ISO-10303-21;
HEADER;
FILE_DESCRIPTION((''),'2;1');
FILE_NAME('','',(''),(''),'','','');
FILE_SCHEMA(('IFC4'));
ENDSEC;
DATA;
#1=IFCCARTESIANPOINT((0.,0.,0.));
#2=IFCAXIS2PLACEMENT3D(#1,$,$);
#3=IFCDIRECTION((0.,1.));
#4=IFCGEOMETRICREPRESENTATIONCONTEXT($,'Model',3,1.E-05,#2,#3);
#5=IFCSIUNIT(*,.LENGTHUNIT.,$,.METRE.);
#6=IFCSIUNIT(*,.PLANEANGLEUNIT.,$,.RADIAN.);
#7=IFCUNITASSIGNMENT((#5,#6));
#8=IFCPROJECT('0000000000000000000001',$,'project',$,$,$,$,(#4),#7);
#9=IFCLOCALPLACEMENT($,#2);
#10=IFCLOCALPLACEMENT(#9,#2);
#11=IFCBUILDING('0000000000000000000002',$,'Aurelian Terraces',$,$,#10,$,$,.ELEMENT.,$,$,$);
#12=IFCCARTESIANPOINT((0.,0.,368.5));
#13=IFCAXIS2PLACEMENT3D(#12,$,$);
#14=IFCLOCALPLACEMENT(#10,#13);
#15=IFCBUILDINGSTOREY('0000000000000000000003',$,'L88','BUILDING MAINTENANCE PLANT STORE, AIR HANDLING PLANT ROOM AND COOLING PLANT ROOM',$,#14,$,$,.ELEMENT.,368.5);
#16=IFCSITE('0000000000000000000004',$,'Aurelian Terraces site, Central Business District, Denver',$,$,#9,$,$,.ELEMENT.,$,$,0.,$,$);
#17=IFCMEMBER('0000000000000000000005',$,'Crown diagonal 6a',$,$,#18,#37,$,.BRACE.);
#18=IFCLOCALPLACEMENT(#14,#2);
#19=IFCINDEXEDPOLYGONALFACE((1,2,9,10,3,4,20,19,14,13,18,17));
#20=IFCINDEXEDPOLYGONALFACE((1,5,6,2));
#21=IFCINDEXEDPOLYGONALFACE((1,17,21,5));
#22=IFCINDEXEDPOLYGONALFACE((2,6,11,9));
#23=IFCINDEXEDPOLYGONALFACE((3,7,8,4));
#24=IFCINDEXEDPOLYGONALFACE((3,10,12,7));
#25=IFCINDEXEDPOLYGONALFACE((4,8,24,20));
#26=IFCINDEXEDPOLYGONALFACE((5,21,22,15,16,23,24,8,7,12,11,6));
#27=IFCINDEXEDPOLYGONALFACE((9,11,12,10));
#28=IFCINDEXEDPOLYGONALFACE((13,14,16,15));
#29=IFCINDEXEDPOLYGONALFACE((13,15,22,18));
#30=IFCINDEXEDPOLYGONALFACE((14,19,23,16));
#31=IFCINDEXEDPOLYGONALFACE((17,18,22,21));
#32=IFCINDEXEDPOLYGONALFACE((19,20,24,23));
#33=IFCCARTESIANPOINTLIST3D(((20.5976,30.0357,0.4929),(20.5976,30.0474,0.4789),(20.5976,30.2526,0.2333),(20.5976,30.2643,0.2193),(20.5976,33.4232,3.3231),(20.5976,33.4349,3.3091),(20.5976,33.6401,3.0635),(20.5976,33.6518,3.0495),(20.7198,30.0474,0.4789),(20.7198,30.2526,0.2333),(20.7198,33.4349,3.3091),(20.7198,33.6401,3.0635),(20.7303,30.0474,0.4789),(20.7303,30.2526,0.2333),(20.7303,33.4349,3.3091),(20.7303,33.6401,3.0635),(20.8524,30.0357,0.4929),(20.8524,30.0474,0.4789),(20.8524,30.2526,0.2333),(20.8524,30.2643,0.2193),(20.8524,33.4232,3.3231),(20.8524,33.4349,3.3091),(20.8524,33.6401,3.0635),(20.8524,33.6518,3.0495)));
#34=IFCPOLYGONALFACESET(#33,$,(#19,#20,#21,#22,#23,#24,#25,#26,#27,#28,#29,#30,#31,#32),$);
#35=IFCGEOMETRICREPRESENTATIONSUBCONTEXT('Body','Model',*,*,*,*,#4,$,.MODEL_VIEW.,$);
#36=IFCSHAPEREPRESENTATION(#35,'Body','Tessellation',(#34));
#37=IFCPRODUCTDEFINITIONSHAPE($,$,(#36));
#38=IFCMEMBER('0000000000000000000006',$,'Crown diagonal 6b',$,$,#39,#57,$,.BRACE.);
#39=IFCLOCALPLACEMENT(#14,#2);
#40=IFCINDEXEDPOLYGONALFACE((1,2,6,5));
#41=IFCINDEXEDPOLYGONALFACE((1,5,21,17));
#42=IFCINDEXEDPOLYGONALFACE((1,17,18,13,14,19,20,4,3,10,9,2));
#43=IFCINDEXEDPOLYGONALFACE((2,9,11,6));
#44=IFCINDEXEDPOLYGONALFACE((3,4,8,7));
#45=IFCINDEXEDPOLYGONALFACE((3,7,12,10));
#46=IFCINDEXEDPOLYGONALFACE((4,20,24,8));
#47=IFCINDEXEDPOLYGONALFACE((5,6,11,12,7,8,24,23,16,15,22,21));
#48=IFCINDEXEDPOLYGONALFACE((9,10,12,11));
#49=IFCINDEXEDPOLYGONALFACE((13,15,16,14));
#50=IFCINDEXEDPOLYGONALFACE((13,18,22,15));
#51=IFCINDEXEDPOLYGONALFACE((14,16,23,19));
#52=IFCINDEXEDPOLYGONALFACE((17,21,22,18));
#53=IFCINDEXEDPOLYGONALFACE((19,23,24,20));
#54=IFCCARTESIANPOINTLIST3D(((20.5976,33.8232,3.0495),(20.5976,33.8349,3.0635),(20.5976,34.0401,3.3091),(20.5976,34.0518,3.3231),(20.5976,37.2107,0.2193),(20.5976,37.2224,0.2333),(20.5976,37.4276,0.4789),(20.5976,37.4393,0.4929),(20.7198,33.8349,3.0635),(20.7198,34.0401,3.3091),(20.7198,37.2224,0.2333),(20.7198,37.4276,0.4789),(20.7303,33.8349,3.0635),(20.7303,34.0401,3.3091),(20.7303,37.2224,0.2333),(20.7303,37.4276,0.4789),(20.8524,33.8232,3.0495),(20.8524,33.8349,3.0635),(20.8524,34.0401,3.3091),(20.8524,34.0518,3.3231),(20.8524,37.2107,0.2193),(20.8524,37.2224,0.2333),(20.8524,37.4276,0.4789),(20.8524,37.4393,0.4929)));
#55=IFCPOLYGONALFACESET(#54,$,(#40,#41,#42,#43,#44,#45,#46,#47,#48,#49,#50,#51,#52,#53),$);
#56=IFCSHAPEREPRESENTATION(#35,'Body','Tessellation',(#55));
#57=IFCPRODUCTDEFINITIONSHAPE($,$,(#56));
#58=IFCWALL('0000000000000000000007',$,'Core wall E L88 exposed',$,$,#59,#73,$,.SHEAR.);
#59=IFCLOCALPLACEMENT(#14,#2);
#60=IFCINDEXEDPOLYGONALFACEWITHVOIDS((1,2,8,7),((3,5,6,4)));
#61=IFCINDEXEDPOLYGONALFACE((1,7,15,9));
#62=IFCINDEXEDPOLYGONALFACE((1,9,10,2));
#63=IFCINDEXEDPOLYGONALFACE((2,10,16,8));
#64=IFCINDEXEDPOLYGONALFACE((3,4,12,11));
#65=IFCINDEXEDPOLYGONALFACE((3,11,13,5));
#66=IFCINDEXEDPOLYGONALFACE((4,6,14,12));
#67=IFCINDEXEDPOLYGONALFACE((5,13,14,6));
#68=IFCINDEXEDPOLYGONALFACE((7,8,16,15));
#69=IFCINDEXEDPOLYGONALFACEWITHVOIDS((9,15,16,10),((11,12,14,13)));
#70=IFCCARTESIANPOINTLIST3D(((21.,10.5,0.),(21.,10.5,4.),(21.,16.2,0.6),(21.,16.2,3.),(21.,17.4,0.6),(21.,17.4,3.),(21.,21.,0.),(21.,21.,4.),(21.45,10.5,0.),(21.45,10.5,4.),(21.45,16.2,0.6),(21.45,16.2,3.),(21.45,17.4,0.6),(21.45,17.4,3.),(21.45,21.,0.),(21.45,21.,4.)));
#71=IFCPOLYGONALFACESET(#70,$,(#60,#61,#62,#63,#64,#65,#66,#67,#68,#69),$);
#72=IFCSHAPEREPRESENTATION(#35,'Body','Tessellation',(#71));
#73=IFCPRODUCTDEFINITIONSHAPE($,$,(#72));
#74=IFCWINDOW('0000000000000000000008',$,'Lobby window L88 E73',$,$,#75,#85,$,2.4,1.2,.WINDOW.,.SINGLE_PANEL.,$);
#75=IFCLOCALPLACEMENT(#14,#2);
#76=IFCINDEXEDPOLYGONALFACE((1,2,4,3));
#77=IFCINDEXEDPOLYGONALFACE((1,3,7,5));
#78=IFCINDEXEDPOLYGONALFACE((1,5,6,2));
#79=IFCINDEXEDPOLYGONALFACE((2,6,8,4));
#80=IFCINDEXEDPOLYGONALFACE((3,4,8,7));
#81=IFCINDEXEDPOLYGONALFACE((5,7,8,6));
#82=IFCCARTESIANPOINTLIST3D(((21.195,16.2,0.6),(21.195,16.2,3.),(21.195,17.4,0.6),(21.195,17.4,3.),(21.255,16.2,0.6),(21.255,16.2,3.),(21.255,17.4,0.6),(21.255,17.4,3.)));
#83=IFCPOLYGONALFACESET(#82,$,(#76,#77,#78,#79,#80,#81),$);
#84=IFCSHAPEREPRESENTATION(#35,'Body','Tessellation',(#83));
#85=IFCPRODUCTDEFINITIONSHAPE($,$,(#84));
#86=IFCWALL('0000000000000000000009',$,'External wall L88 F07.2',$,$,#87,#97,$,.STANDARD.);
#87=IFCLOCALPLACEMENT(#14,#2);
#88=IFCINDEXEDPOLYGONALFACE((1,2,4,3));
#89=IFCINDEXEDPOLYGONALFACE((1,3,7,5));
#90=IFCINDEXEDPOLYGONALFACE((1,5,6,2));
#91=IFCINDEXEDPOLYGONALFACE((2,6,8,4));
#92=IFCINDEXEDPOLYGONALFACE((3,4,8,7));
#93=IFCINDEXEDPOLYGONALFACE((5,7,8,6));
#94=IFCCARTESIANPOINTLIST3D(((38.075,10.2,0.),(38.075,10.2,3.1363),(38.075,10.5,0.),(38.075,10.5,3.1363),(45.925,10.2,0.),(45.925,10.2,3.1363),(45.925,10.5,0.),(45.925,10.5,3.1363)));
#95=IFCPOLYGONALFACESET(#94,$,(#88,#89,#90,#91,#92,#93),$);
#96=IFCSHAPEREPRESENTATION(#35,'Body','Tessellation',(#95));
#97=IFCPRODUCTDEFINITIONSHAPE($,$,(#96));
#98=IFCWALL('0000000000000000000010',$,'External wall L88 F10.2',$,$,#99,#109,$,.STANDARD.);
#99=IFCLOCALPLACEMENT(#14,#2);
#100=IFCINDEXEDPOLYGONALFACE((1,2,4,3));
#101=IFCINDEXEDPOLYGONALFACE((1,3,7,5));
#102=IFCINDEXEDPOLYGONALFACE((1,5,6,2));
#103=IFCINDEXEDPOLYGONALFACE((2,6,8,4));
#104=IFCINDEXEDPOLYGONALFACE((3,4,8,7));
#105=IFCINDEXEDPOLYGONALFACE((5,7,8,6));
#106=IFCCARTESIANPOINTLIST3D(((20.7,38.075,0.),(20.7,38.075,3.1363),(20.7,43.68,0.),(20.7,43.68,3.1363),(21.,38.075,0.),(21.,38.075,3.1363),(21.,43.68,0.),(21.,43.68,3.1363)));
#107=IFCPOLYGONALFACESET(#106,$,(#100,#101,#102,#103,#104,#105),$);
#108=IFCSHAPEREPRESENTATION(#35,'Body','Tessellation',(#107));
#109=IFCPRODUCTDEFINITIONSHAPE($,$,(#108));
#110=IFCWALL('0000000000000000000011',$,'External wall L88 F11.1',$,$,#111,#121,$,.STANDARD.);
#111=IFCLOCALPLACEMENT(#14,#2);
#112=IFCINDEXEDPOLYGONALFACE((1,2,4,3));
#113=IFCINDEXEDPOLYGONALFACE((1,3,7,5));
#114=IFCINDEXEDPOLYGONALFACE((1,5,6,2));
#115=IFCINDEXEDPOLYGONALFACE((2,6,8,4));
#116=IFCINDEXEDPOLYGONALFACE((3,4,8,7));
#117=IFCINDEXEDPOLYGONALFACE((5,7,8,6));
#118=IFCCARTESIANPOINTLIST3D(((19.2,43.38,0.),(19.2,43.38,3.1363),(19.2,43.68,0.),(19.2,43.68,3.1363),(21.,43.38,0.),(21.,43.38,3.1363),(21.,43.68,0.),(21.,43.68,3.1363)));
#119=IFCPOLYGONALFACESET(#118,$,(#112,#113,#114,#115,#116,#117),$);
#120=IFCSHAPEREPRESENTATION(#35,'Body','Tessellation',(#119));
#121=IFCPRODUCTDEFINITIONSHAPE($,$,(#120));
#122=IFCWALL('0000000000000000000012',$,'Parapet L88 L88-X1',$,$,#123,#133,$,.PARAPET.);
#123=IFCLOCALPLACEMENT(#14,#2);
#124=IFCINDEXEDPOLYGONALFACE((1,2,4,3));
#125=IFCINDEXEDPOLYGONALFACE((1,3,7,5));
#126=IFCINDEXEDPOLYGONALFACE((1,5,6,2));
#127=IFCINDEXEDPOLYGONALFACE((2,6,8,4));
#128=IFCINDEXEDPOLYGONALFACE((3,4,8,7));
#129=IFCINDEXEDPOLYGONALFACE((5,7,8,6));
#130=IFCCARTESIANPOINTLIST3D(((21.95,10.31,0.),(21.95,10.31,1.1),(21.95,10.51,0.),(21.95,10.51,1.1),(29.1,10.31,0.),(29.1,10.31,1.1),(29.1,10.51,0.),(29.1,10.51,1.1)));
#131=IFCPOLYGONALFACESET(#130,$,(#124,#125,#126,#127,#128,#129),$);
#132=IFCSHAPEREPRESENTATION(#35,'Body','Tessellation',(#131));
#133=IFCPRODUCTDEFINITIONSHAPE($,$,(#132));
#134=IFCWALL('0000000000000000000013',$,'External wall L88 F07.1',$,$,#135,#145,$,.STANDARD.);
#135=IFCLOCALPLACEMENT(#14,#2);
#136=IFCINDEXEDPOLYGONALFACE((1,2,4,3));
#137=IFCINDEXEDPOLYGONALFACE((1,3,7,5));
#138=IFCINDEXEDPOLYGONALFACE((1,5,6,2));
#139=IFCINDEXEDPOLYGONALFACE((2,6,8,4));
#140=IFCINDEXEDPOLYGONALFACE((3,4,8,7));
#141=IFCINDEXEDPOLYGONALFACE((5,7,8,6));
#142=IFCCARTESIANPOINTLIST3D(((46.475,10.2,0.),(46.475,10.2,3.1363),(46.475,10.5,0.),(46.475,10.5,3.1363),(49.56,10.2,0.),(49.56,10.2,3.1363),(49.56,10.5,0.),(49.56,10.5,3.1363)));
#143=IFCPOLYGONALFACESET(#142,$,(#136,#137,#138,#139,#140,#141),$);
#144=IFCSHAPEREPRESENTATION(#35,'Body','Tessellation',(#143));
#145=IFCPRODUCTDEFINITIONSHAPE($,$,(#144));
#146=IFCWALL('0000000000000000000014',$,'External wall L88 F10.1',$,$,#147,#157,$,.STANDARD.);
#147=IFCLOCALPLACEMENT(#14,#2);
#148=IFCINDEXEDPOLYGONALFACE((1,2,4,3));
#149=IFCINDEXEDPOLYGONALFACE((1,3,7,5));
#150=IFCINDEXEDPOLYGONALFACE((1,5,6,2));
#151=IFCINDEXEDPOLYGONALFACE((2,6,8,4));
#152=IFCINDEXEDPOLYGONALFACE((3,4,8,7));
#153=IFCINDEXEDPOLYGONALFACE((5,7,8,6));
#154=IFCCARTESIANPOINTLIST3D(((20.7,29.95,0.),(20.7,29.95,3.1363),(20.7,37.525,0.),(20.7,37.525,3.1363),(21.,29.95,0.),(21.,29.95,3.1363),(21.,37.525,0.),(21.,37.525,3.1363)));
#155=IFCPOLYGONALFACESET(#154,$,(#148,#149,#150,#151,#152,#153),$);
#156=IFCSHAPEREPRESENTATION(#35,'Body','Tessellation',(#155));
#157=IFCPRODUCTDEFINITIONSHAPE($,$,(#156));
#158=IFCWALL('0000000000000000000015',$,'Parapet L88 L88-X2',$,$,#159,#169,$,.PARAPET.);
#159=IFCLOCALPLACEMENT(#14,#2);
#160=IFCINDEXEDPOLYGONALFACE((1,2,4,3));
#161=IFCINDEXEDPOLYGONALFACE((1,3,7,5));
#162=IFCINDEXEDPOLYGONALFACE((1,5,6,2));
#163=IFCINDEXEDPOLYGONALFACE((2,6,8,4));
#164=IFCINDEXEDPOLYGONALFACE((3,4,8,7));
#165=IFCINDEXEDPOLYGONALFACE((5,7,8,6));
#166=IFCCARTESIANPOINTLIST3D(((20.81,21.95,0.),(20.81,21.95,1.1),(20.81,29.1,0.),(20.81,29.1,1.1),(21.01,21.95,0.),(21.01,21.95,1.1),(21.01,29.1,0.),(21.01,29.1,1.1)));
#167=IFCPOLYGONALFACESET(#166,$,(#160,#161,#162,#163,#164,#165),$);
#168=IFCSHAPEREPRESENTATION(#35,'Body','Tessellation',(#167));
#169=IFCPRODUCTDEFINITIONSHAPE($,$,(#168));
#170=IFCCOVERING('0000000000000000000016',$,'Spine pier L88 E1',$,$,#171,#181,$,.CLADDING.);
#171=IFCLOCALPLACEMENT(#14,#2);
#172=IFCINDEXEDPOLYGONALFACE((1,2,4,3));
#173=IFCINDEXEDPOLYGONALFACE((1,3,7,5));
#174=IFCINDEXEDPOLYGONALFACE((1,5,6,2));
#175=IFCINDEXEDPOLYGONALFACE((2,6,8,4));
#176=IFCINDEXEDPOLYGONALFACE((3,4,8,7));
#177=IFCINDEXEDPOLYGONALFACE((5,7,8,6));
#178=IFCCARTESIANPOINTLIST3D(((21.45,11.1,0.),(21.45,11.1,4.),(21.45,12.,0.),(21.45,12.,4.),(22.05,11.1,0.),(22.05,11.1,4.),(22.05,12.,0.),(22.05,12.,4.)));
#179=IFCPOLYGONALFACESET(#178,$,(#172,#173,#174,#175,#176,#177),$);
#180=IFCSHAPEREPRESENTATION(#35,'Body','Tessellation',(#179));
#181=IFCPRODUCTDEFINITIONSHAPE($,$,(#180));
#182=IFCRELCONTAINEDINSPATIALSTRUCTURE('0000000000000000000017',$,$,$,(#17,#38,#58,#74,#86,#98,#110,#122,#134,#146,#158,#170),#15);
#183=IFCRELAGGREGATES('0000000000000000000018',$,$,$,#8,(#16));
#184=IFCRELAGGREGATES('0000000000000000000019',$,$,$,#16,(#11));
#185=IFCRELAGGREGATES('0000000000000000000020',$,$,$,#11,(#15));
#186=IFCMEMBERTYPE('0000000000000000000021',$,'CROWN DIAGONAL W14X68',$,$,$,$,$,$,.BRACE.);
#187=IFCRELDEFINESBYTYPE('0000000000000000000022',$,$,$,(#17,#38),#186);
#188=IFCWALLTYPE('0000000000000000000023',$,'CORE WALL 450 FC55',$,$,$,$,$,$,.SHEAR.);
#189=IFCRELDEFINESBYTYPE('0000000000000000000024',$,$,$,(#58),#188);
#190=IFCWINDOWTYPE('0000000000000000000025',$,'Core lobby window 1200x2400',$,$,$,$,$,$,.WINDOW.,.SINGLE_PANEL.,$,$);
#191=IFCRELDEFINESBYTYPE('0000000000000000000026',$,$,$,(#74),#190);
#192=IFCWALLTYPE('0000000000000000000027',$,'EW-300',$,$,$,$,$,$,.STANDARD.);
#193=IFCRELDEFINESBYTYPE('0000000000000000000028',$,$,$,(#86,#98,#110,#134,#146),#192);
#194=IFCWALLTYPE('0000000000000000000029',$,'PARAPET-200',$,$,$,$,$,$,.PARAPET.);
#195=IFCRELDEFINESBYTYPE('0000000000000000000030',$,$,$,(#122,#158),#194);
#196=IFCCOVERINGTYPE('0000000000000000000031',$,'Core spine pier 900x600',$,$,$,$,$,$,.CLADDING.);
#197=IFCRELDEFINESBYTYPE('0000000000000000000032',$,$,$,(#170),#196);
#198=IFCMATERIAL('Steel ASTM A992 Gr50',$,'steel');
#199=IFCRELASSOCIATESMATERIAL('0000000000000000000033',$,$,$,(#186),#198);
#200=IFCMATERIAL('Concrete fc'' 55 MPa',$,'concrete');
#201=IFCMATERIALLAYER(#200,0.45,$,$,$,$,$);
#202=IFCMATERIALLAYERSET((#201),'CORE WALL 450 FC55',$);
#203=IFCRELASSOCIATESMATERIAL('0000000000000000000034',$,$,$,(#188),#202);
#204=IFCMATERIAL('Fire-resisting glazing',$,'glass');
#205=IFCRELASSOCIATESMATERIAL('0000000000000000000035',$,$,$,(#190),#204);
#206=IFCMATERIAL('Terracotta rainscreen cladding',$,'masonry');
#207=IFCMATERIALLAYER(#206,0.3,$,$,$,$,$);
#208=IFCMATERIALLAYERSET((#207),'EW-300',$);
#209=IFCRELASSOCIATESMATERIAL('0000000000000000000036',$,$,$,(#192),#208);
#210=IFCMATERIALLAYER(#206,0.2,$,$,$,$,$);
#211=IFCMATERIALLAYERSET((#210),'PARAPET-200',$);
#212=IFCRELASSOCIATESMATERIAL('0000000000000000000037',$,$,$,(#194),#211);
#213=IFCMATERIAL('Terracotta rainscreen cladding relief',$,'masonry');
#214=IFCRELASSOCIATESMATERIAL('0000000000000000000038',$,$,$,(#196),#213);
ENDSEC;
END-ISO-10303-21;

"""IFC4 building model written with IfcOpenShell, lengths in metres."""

from ifc_helpers import new_model, si_unit, direction, frame, frame_2d, origin, origin_2d, place, context, subcontext, project, spatial, rectangle, i_section, extrude, source, transform, mapped, material, layer, layer_set, material_profile, profile_set, type_object, element, fill, save


model = new_model("IFC4")

# Units and contexts
model_context = context("Model", 3, precision=1e-05, world=origin(), true_north=direction((0.0, 1.0)))
body_context = subcontext(model_context, "Body", "Model", "MODEL_VIEW")
ifc_project = project(units=[si_unit("LENGTHUNIT", "METRE"), si_unit("PLANEANGLEUNIT", "RADIAN")], contexts=[model_context])

# Site, building, storey
site_placement = place(None, origin())
site = spatial("IfcSite", under=ifc_project, at=site_placement, Name="Aurelian Terraces site, Central Business District, Denver", CompositionType="ELEMENT", RefElevation=0.0)
building_placement = place(site_placement, origin())
building = spatial("IfcBuilding", under=site, at=building_placement, Name="Aurelian Terraces", CompositionType="ELEMENT")
storey_placement = place(building_placement, frame((0.0, 0.0, 368.5)))
storey = spatial("IfcBuildingStorey", under=building, at=storey_placement, Name="L88", Description="BUILDING MAINTENANCE PLANT STORE, AIR HANDLING PLANT ROOM AND COOLING PLANT ROOM", CompositionType="ELEMENT", Elevation=368.5)

# Members
ifc_material_1 = material(Name="Steel ASTM A992 Gr50", Category="steel")
ifc_material_profile = material_profile(ifc_material_1, i_section(OverallWidth=0.2549, OverallDepth=0.3566, WebThickness=0.0105, FlangeThickness=0.0183, at=origin_2d()))
ifc_profile_set = profile_set([ifc_material_profile], Name="Steel ASTM A992 Gr50")
member_type = type_object("IfcMemberType", Name="CROWN DIAGONAL W14X68", PredefinedType="BRACE", material=ifc_profile_set)
shared_shape_1 = source(origin(), body_context, "Body", "SweptSolid", [
    extrude(i_section(OverallWidth=0.2549, OverallDepth=0.3566, WebThickness=0.0105, FlangeThickness=0.0183, at=origin_2d()), origin(), (0.0, 0.0, 1.0), 4.4142),
])
for number, where, z_axis, x_axis, name in (
    (1, (20.725, 30.15, 0.3561), (0.0, 0.767409, 0.641158), (-1.0, 0.0, 0.0), "Crown diagonal 6a"),
    (2, (20.725, 33.9375, 3.1863), (0.0, 0.767409, -0.641158), (-1.0, 0.0, 0.0), "Crown diagonal 6b"),
):
    element("IfcMember", number, at=place(storey_placement, frame(where, z_axis=z_axis, x_axis=x_axis)), inside=storey, type_object=member_type, Name=name, PredefinedType="BRACE", context=body_context, shape_type="MappedRepresentation", body=[
        mapped(shared_shape_1, transform((0.0, 0.0, 0.0), scale=1.0)),
    ])

# Wall, opening, window
ifc_material_2 = material(Name="Concrete fc' 55 MPa", Category="concrete")
ifc_layer_1 = layer(ifc_material_2, 0.45)
ifc_layer_set_1 = layer_set([ifc_layer_1], Name="CORE WALL 450 FC55")
wall_type_1 = type_object("IfcWallType", Name="CORE WALL 450 FC55", PredefinedType="SHEAR", material=ifc_layer_set_1)
wall_1_placement = place(storey_placement, frame((21.225, 10.5, 0.0), z_axis=(0.0, 0.0, 1.0), x_axis=(0.0, 1.0, 0.0)))
wall_1 = element("IfcWall", 3, at=wall_1_placement, inside=storey, type_object=wall_type_1, Name="Core wall E L88 exposed", PredefinedType="SHEAR", context=body_context, shape_type="SweptSolid", body=[
    extrude(rectangle(XDim=10.5, YDim=0.45, at=frame_2d((5.25, 0.0))), origin(), (0.0, 0.0, 1.0), 4.0),
])
opening_placement = place(wall_1_placement, frame((5.7, 0.0, 0.6)))
opening = element("IfcOpeningElement", 4, at=opening_placement, cuts=wall_1, PredefinedType="OPENING", context=body_context, shape_type="SweptSolid", body=[
    extrude(rectangle(XDim=1.2, YDim=2.4, at=frame_2d((0.6, 1.2))), frame((0.0, 0.235, 0.0), z_axis=(0.0, -1.0, 0.0), x_axis=(1.0, 0.0, 0.0)), (0.0, 0.0, 1.0), 0.47),
])
ifc_material_3 = material(Name="Fire-resisting glazing", Category="glass")
window_type = type_object("IfcWindowType", Name="Core lobby window 1200x2400", PartitioningType="SINGLE_PANEL", PredefinedType="WINDOW", material=ifc_material_3)
shared_shape_2 = source(origin(), body_context, "Body", "SweptSolid", [
    extrude(rectangle(XDim=1.2, YDim=2.4, at=frame_2d((0.6, 1.2))), frame((0.0, 0.03, 0.0), z_axis=(0.0, -1.0, 0.0), x_axis=(1.0, 0.0, 0.0)), (0.0, 0.0, 1.0), 0.06),
])
window_placement = place(opening_placement, origin())
window = element("IfcWindow", 5, at=window_placement, inside=storey, type_object=window_type, Name="Lobby window L88 E73", OverallHeight=2.4, OverallWidth=1.2, PartitioningType="SINGLE_PANEL", PredefinedType="WINDOW", context=body_context, shape_type="MappedRepresentation", body=[
    mapped(shared_shape_2, transform((0.0, 0.0, 0.0), scale=1.0)),
])
fill(opening, window)

# Walls
ifc_material_4 = material(Name="Terracotta rainscreen cladding", Category="masonry")
ifc_layer_2 = layer(ifc_material_4, 0.3)
ifc_layer_set_2 = layer_set([ifc_layer_2], Name="EW-300")
wall_type_2 = type_object("IfcWallType", Name="EW-300", PredefinedType="STANDARD", material=ifc_layer_set_2)
wall_2_placement = place(storey_placement, frame((45.925, 10.35, 0.0), z_axis=(0.0, 0.0, 1.0), x_axis=(-1.0, 0.0, 0.0)))
element("IfcWall", 6, at=wall_2_placement, inside=storey, type_object=wall_type_2, Name="External wall L88 F07.2", PredefinedType="STANDARD", context=body_context, shape_type="SweptSolid", body=[
    extrude(rectangle(XDim=7.85, YDim=0.3, at=frame_2d((3.925, 0.0))), origin(), (0.0, 0.0, 1.0), 3.1363),
])
wall_3_placement = place(storey_placement, frame((20.85, 38.075, 0.0), z_axis=(0.0, 0.0, 1.0), x_axis=(0.0, 1.0, 0.0)))
element("IfcWall", 7, at=wall_3_placement, inside=storey, type_object=wall_type_2, Name="External wall L88 F10.2", PredefinedType="STANDARD", context=body_context, shape_type="SweptSolid", body=[
    extrude(rectangle(XDim=5.605, YDim=0.3, at=frame_2d((2.8025, 0.0))), origin(), (0.0, 0.0, 1.0), 3.1363),
])
wall_4_placement = place(storey_placement, frame((21.0, 43.53, 0.0), z_axis=(0.0, 0.0, 1.0), x_axis=(-1.0, 0.0, 0.0)))
element("IfcWall", 8, at=wall_4_placement, inside=storey, type_object=wall_type_2, Name="External wall L88 F11.1", PredefinedType="STANDARD", context=body_context, shape_type="SweptSolid", body=[
    extrude(rectangle(XDim=1.8, YDim=0.3, at=frame_2d((0.9, 0.0))), origin(), (0.0, 0.0, 1.0), 3.1363),
])
ifc_layer_3 = layer(ifc_material_4, 0.2)
ifc_layer_set_3 = layer_set([ifc_layer_3], Name="PARAPET-200")
wall_type_3 = type_object("IfcWallType", Name="PARAPET-200", PredefinedType="PARAPET", material=ifc_layer_set_3)
wall_5_placement = place(storey_placement, frame((21.95, 10.41, 0.0), z_axis=(0.0, 0.0, 1.0), x_axis=(1.0, 0.0, 0.0)))
element("IfcWall", 9, at=wall_5_placement, inside=storey, type_object=wall_type_3, Name="Parapet L88 L88-X1", PredefinedType="PARAPET", context=body_context, shape_type="SweptSolid", body=[
    extrude(rectangle(XDim=7.15, YDim=0.2, at=frame_2d((3.575, 0.0))), origin(), (0.0, 0.0, 1.0), 1.1),
])
shared_shape_3 = source(origin(), body_context, "Body", "SweptSolid", [
    extrude(rectangle(XDim=3.085, YDim=0.3, at=frame_2d((1.5425, 0.0))), origin(), (0.0, 0.0, 1.0), 3.1363),
])
wall_6_placement = place(storey_placement, frame((49.56, 10.35, 0.0), z_axis=(0.0, 0.0, 1.0), x_axis=(-1.0, 0.0, 0.0)))
element("IfcWall", 10, at=wall_6_placement, inside=storey, type_object=wall_type_2, Name="External wall L88 F07.1", PredefinedType="STANDARD", context=body_context, shape_type="MappedRepresentation", body=[
    mapped(shared_shape_3, transform((0.0, 0.0, 0.0), scale=1.0)),
])
shared_shape_4 = source(origin(), body_context, "Body", "SweptSolid", [
    extrude(rectangle(XDim=7.575, YDim=0.3, at=frame_2d((3.7875, 0.0))), origin(), (0.0, 0.0, 1.0), 3.1363),
])
wall_7_placement = place(storey_placement, frame((20.85, 29.95, 0.0), z_axis=(0.0, 0.0, 1.0), x_axis=(0.0, 1.0, 0.0)))
element("IfcWall", 11, at=wall_7_placement, inside=storey, type_object=wall_type_2, Name="External wall L88 F10.1", PredefinedType="STANDARD", context=body_context, shape_type="MappedRepresentation", body=[
    mapped(shared_shape_4, transform((0.0, 0.0, 0.0), scale=1.0)),
])
shared_shape_5 = source(origin(), body_context, "Body", "SweptSolid", [
    extrude(rectangle(XDim=7.15, YDim=0.2, at=frame_2d((3.575, 0.0))), origin(), (0.0, 0.0, 1.0), 1.1),
])
wall_8_placement = place(storey_placement, frame((20.91, 29.1, 0.0), z_axis=(0.0, 0.0, 1.0), x_axis=(0.0, -1.0, 0.0)))
element("IfcWall", 12, at=wall_8_placement, inside=storey, type_object=wall_type_3, Name="Parapet L88 L88-X2", PredefinedType="PARAPET", context=body_context, shape_type="MappedRepresentation", body=[
    mapped(shared_shape_5, transform((0.0, 0.0, 0.0), scale=1.0)),
])

# Covering
ifc_material_5 = material(Name="Terracotta rainscreen cladding relief", Category="masonry")
covering_type_1 = type_object("IfcCoveringType", Name="Core spine pier 900x600", PredefinedType="CLADDING", material=ifc_material_5)
covering_1_placement = place(storey_placement, frame((21.75, 11.55, 0.0), z_axis=(0.0, 0.0, 1.0), x_axis=(1.0, 0.0, 0.0)))
element("IfcCovering", 13, at=covering_1_placement, inside=storey, type_object=covering_type_1, Name="Spine pier L88 E1", PredefinedType="CLADDING", context=body_context, shape_type="SweptSolid", body=[
    extrude(rectangle(XDim=0.6, YDim=0.9, at=origin_2d()), origin(), (0.0, 0.0, 1.0), 4.0),
])

save(model, "model.ifc")
